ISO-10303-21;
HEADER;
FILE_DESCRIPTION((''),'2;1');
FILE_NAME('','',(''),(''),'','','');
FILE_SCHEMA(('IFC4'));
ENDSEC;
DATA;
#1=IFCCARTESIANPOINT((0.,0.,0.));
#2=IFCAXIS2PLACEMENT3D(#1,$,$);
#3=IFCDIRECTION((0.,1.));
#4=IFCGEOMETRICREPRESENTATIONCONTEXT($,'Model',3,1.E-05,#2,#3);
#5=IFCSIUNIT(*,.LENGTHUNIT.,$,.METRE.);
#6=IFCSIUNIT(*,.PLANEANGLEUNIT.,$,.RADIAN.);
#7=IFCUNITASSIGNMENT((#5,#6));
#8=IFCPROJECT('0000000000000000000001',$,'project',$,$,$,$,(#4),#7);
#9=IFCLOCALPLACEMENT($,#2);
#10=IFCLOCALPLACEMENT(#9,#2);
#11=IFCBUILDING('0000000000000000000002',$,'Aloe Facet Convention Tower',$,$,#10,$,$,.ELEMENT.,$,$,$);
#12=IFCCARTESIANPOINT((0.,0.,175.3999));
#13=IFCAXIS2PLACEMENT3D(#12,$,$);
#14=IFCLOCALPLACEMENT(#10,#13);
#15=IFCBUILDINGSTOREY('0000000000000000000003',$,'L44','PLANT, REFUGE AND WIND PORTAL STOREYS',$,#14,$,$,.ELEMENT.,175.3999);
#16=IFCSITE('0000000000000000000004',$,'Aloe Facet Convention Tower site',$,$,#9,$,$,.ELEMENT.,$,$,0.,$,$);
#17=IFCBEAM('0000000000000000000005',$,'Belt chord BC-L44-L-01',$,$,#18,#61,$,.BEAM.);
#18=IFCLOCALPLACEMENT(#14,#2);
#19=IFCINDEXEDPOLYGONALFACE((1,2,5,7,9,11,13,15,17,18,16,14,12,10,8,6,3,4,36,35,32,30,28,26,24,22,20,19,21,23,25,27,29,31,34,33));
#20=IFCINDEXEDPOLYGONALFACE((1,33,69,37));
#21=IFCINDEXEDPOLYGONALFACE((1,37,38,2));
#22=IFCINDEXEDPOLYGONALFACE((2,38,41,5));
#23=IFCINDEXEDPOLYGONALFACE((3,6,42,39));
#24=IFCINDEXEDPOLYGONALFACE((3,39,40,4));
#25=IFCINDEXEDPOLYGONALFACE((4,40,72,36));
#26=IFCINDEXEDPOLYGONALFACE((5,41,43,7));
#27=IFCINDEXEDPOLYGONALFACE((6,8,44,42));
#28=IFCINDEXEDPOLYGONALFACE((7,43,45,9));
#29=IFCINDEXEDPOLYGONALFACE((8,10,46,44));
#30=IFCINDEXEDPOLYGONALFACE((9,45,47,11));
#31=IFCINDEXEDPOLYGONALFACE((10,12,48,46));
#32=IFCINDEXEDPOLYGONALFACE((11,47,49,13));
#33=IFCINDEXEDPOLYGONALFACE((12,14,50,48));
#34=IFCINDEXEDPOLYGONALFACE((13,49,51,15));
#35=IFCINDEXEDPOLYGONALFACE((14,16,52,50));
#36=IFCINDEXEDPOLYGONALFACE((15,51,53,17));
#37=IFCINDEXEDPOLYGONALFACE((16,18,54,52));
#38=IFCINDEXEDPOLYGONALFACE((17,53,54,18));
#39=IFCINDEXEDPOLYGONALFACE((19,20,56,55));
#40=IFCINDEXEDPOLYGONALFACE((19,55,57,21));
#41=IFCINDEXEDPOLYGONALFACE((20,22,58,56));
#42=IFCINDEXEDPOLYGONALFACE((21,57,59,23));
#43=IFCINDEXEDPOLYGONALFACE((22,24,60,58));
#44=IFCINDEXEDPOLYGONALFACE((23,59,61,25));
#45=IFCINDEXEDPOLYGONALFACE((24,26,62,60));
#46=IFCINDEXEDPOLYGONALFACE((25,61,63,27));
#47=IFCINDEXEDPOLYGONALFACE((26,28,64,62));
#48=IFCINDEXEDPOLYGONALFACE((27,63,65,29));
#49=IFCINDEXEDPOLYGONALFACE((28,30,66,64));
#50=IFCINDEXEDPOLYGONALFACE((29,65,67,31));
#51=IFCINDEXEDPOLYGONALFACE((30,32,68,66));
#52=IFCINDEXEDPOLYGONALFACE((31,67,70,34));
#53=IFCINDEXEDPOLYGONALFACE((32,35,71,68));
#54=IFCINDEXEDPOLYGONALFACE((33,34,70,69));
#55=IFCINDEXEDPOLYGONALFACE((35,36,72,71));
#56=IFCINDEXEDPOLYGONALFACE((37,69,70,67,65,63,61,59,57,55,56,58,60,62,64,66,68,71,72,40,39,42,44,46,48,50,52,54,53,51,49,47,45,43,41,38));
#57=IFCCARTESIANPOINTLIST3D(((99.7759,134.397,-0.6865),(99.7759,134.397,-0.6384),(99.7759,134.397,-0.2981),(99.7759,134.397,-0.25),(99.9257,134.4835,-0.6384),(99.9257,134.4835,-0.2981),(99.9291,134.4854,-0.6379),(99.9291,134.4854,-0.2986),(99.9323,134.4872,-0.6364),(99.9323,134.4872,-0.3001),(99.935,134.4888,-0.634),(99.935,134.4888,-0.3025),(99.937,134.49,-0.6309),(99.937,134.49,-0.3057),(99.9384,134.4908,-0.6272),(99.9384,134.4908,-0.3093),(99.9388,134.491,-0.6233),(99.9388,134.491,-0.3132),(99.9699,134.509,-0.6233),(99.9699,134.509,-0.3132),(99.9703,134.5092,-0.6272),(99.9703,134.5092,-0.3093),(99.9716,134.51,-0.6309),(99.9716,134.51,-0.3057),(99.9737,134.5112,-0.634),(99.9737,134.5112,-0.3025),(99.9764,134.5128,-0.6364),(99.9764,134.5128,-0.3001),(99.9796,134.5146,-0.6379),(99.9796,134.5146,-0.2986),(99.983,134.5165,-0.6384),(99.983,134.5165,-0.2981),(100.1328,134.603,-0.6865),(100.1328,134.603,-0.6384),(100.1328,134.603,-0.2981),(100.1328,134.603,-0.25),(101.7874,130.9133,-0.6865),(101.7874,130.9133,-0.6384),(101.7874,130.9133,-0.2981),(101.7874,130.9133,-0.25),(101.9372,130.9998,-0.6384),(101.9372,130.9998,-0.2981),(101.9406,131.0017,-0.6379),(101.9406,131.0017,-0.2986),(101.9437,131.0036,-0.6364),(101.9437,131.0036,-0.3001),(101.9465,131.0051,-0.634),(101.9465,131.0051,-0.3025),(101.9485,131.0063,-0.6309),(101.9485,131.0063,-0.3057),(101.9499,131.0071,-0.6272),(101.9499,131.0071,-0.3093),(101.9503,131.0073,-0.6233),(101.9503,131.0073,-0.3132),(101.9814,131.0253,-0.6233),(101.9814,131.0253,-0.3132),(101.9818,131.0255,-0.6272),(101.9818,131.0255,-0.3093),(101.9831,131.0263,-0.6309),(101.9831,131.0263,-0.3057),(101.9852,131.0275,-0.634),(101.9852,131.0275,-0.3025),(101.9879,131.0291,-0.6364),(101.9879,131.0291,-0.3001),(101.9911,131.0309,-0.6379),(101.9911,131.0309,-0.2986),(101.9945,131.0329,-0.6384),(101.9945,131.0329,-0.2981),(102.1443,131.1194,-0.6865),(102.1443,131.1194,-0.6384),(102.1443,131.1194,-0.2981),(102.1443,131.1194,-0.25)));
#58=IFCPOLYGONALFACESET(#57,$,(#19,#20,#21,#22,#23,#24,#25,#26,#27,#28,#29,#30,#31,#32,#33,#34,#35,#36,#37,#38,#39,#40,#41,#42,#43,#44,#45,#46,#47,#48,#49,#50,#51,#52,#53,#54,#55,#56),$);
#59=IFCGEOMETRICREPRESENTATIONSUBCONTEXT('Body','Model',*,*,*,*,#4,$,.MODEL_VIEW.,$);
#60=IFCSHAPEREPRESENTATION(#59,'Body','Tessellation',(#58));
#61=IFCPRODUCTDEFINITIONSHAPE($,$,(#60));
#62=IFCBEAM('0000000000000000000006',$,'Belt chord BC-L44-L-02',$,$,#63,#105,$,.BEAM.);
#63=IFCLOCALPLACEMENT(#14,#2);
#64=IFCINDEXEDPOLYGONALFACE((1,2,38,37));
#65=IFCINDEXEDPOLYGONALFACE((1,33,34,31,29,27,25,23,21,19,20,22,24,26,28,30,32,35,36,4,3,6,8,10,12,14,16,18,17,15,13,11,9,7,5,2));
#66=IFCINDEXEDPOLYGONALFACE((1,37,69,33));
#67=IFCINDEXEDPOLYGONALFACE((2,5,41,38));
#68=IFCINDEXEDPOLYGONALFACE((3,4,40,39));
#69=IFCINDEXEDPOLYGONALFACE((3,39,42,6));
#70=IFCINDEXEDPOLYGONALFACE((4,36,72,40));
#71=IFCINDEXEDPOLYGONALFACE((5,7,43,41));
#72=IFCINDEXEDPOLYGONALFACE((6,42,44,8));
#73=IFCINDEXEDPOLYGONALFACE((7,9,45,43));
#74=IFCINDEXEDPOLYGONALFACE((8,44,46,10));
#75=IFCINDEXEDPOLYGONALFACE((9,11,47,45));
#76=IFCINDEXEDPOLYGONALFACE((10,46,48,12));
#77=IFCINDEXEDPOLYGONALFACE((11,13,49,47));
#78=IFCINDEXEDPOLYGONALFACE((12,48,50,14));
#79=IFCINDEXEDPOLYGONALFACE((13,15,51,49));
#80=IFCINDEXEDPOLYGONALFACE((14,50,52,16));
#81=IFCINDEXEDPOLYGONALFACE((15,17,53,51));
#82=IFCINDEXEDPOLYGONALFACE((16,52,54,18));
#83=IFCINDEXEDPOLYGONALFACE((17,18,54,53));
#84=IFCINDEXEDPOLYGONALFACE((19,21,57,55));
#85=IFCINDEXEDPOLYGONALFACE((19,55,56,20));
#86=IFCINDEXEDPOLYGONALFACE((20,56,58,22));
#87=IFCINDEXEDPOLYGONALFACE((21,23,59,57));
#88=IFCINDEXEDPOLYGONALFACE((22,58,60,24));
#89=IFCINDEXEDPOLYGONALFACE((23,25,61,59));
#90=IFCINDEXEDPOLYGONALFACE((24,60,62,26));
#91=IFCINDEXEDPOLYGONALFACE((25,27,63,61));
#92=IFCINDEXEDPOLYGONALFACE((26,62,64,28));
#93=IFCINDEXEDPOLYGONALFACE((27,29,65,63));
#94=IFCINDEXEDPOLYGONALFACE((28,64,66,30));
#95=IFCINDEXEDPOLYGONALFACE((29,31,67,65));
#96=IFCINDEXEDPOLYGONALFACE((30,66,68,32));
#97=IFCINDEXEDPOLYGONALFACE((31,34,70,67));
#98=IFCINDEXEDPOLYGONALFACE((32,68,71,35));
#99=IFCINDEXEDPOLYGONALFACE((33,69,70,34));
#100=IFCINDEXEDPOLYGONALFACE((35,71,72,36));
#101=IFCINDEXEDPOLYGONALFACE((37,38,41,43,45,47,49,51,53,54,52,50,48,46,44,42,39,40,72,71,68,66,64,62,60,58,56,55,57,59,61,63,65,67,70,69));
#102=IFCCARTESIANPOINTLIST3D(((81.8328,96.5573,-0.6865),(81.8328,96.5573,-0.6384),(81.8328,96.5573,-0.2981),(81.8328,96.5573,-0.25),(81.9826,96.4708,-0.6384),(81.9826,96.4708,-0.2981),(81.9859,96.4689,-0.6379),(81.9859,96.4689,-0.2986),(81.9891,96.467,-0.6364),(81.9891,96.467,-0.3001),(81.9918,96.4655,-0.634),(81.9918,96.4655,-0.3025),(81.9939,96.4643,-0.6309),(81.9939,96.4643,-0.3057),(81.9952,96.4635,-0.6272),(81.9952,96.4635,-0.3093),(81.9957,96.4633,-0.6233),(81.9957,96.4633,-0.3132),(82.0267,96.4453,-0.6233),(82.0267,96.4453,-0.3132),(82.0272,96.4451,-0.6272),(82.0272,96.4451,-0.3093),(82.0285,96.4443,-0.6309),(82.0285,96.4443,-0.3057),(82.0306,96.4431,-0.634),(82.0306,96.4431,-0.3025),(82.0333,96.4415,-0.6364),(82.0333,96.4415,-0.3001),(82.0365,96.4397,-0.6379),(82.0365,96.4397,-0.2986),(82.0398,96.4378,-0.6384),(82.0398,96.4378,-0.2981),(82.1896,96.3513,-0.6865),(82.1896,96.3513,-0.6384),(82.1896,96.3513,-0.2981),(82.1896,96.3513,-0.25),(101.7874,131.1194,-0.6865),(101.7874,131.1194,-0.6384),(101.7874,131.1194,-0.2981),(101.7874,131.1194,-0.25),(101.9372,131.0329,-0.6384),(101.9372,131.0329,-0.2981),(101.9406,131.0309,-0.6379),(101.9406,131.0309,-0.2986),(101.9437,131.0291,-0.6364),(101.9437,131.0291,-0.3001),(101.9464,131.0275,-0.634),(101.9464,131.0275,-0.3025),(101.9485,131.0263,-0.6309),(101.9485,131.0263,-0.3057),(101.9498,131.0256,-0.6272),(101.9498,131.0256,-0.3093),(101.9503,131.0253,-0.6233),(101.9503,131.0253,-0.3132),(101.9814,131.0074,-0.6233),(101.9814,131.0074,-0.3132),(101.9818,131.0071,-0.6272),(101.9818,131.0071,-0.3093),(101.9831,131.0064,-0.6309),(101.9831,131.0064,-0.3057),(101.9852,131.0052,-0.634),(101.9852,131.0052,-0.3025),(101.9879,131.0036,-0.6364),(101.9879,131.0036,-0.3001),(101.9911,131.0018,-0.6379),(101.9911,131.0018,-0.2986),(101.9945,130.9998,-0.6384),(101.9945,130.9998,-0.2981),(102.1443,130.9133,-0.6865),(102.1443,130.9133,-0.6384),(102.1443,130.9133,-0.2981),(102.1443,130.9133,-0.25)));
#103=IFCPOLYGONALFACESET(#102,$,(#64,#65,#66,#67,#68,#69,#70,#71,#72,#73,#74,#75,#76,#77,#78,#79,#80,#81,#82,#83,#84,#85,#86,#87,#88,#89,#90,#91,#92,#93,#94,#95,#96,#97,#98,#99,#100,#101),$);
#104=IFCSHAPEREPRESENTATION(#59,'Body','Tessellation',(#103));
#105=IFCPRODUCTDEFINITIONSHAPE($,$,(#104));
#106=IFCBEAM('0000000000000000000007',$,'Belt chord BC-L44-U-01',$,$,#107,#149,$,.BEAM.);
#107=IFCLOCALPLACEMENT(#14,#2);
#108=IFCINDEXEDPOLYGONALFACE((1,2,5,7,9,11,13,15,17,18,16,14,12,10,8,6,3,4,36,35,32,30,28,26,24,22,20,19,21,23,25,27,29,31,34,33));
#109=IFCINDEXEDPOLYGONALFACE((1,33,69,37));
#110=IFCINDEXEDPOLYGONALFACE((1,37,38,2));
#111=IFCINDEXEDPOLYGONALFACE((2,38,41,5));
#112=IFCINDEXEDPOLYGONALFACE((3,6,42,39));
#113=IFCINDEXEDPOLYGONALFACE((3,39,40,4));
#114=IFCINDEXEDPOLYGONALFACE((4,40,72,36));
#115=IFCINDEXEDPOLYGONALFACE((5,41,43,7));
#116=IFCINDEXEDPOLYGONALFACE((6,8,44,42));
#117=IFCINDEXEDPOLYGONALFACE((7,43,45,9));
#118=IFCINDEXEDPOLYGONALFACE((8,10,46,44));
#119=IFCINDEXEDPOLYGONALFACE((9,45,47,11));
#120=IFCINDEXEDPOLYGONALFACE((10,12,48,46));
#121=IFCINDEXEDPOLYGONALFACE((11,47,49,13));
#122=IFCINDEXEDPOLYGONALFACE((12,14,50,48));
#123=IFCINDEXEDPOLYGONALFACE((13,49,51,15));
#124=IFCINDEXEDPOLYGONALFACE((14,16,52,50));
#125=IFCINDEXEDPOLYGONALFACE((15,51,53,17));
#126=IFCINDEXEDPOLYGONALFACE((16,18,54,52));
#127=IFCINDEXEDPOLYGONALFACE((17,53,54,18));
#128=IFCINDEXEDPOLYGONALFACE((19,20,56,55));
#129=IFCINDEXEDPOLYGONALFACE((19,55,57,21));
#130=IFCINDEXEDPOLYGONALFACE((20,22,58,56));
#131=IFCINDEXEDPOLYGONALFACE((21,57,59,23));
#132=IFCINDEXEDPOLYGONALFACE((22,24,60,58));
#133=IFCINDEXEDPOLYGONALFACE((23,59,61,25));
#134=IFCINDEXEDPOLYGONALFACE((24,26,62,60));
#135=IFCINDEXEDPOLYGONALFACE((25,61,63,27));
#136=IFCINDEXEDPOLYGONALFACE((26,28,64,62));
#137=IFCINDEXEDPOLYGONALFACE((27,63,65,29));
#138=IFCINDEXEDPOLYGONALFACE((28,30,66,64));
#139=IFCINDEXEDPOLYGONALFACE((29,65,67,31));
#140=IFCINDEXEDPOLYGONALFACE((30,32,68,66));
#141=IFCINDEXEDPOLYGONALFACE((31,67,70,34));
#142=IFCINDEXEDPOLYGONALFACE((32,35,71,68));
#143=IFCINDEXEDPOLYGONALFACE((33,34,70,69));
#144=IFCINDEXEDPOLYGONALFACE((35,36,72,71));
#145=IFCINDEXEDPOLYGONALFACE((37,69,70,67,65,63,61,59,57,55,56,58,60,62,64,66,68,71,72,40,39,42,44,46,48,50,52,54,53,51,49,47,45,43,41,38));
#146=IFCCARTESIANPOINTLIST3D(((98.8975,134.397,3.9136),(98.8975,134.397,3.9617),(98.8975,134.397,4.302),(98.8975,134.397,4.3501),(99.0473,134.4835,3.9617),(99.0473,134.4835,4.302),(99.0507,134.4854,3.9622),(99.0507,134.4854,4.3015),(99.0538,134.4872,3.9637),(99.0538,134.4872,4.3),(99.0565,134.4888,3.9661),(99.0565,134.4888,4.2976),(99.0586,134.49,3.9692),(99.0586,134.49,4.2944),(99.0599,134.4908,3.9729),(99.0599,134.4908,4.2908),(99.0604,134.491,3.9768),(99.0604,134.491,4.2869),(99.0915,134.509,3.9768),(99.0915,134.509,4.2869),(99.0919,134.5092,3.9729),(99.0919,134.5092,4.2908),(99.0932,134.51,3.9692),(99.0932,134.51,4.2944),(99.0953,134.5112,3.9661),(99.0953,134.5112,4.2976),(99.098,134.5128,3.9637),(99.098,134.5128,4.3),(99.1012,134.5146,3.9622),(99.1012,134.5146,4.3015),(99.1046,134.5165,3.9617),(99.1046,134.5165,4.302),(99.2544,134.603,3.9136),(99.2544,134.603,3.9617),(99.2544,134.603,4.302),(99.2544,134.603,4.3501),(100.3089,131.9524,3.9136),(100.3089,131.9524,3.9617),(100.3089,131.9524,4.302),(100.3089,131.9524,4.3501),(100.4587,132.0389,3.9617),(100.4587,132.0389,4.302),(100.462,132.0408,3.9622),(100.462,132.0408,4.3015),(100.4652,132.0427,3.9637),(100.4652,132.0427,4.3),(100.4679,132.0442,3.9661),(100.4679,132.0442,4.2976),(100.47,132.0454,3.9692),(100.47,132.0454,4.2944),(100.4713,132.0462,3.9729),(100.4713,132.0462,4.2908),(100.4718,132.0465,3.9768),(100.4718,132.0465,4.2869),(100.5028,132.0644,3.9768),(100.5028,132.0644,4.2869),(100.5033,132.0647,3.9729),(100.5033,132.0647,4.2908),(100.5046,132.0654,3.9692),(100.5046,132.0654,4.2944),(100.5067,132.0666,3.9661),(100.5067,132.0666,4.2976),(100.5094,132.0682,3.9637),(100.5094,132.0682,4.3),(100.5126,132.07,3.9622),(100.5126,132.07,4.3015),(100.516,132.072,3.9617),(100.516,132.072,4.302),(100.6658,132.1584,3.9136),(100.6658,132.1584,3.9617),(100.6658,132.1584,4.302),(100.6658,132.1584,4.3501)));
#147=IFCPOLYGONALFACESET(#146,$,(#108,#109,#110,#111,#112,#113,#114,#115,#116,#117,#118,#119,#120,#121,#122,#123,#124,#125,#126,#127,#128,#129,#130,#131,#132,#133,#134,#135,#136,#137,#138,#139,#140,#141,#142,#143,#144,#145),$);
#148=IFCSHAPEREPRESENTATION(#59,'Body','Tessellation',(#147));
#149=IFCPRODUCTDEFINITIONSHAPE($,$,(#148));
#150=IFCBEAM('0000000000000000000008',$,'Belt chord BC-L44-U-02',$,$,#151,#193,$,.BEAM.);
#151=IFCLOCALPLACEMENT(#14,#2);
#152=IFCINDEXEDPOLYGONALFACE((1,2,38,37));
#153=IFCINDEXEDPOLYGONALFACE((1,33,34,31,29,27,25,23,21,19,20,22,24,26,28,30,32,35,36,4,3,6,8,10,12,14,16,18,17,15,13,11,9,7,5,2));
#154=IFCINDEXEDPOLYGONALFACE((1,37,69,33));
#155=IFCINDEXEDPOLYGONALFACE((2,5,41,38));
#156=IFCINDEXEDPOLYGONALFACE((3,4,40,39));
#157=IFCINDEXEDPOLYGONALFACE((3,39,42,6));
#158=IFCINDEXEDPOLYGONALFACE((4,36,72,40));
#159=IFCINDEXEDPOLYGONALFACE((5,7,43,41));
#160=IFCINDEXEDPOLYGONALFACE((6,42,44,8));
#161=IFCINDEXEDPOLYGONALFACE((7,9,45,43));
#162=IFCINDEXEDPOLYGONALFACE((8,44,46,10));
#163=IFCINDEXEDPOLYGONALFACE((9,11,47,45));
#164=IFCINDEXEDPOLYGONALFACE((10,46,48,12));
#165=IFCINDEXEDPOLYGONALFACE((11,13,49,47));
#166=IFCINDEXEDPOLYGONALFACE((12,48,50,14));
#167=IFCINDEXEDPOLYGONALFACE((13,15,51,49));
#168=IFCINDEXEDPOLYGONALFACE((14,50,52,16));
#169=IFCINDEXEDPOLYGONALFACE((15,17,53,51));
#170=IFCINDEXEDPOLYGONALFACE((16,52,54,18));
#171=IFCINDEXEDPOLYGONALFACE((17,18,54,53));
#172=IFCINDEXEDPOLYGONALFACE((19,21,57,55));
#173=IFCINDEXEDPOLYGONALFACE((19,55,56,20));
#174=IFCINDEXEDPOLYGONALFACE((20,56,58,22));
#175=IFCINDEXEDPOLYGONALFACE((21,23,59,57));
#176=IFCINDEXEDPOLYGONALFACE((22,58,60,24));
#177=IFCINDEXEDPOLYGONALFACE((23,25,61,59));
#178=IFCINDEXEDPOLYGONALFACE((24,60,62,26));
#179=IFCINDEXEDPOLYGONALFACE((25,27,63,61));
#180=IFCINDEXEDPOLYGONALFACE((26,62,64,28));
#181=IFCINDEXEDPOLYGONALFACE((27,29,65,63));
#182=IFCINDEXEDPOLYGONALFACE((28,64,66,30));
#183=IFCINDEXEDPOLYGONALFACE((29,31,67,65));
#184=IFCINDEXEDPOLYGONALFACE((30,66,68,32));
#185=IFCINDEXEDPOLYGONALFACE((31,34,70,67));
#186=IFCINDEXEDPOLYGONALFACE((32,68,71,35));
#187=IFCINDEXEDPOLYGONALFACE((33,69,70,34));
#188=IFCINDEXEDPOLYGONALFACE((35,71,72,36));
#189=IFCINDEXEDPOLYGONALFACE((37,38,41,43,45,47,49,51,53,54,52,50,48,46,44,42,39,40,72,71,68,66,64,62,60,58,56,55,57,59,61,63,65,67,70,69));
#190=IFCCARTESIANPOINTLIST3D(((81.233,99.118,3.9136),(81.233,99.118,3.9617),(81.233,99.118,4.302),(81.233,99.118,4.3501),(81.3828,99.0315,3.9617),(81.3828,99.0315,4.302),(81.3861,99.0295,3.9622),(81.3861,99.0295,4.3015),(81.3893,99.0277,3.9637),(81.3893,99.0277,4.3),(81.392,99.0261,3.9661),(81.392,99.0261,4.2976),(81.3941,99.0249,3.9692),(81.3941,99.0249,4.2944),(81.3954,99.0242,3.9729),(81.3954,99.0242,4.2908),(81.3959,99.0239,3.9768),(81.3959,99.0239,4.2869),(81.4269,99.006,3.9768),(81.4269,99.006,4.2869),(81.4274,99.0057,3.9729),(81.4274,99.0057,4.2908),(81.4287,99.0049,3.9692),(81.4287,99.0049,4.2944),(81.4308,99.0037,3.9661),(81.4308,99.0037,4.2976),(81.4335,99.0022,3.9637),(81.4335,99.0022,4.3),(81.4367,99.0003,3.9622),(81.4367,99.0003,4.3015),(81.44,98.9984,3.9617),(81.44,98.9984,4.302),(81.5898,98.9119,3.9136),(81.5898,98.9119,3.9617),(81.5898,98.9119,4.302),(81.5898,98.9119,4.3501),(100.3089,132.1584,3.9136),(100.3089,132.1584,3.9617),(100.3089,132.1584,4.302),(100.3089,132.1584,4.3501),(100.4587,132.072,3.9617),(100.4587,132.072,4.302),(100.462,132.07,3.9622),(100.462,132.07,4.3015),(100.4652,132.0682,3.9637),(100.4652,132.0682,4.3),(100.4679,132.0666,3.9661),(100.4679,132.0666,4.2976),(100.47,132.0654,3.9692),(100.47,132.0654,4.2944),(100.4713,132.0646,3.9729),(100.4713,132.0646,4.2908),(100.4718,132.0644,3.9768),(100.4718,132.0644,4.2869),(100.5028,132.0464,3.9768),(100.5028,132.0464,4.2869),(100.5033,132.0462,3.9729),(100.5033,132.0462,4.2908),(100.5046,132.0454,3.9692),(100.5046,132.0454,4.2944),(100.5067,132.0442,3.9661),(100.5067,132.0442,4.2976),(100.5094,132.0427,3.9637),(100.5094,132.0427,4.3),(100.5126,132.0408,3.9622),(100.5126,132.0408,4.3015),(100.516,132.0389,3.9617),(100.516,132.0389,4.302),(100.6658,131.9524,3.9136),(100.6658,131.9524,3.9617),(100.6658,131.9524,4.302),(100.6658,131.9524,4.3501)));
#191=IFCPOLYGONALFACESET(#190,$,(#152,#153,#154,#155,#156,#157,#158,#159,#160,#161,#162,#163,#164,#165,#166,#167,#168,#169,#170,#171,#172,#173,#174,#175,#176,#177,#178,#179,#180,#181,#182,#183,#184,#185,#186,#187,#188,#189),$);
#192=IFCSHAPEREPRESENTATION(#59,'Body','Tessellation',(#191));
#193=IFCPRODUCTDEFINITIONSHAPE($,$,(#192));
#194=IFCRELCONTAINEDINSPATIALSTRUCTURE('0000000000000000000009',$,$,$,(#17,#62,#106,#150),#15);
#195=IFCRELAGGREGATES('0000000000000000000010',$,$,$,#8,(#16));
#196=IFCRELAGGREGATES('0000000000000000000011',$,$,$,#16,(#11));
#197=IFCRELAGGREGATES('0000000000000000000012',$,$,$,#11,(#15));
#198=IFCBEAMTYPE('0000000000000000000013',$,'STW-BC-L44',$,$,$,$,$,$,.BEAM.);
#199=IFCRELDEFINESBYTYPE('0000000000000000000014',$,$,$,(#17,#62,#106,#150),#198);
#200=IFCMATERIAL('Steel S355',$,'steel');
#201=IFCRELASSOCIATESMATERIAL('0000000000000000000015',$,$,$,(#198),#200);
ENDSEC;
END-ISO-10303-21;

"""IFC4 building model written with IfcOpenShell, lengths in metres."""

from ifc_helpers import new_model, si_unit, direction, frame, origin, origin_2d, place, context, subcontext, project, spatial, i_section, extrude, material, material_profile, profile_set, type_object, element, save


model = new_model("IFC4")

# Units and contexts
model_context = context("Model", 3, precision=1e-05, world=origin(), true_north=direction((0.0, 1.0)))
body_context = subcontext(model_context, "Body", "Model", "MODEL_VIEW")
ifc_project = project(units=[si_unit("LENGTHUNIT", "METRE"), si_unit("PLANEANGLEUNIT", "RADIAN")], contexts=[model_context])

# Site, building, storey
site_placement = place(None, origin())
site = spatial("IfcSite", under=ifc_project, at=site_placement, Name="Aloe Facet Convention Tower site", CompositionType="ELEMENT", RefElevation=0.0)
building_placement = place(site_placement, origin())
building = spatial("IfcBuilding", under=site, at=building_placement, Name="Aloe Facet Convention Tower", CompositionType="ELEMENT")
storey_placement = place(building_placement, frame((0.0, 0.0, 175.3999)))
storey = spatial("IfcBuildingStorey", under=building, at=storey_placement, Name="L44", Description="PLANT, REFUGE AND WIND PORTAL STOREYS", CompositionType="ELEMENT", Elevation=175.3999)

# Beams
ifc_material_1 = material(Name="Steel S355", Category="steel")
ifc_material_profile_1 = material_profile(ifc_material_1, i_section(OverallWidth=0.4121, OverallDepth=0.4365, WebThickness=0.0359, FlangeThickness=0.0481, FilletRadius=0.0151, at=origin_2d()), Name="UC 356x406x467")
ifc_profile_set_1 = profile_set([ifc_material_profile_1], Name="Steel S355")
beam_type_1 = type_object("IfcBeamType", Name="STW-BC-L44", PredefinedType="BEAM", material=ifc_profile_set_1)
beam_1_placement = place(storey_placement, frame((99.9543, 134.5, -0.4683), z_axis=(0.500036, -0.866005, 0.0), x_axis=(0.866005, 0.500036, 0.0)))
element("IfcBeam", 1, at=beam_1_placement, inside=storey, type_object=beam_type_1, Name="Belt chord BC-L44-L-01", PredefinedType="BEAM", context=body_context, shape_type="SweptSolid", body=[
    extrude(i_section(OverallWidth=0.4121, OverallDepth=0.4365, WebThickness=0.0359, FlangeThickness=0.0481, FilletRadius=0.0151, at=origin_2d()), origin(), (0.0, 0.0, 1.0), 4.0227),
])
beam_2_placement = place(storey_placement, frame((101.9658, 131.0164, -0.4683), z_axis=(-0.500004, -0.866023, 0.0), x_axis=(0.866023, -0.500004, 0.0)))
element("IfcBeam", 2, at=beam_2_placement, inside=storey, type_object=beam_type_1, Name="Belt chord BC-L44-L-02", PredefinedType="BEAM", context=body_context, shape_type="SweptSolid", body=[
    extrude(i_section(OverallWidth=0.4121, OverallDepth=0.4365, WebThickness=0.0359, FlangeThickness=0.0481, FilletRadius=0.0151, at=origin_2d()), origin(), (0.0, 0.0, 1.0), 39.9089),
])
beam_3_placement = place(storey_placement, frame((99.0759, 134.5, 4.1318), z_axis=(0.499999, -0.866026, 0.0), x_axis=(0.866026, 0.499999, 0.0)))
element("IfcBeam", 3, at=beam_3_placement, inside=storey, type_object=beam_type_1, Name="Belt chord BC-L44-U-01", PredefinedType="BEAM", context=body_context, shape_type="SweptSolid", body=[
    extrude(i_section(OverallWidth=0.4121, OverallDepth=0.4365, WebThickness=0.0359, FlangeThickness=0.0481, FilletRadius=0.0151, at=origin_2d()), origin(), (0.0, 0.0, 1.0), 2.8228),
])
beam_4_placement = place(storey_placement, frame((100.4873, 132.0554, 4.1318), z_axis=(-0.499999, -0.866026, 0.0), x_axis=(0.866026, -0.499999, 0.0)))
element("IfcBeam", 4, at=beam_4_placement, inside=storey, type_object=beam_type_1, Name="Belt chord BC-L44-U-02", PredefinedType="BEAM", context=body_context, shape_type="SweptSolid", body=[
    extrude(i_section(OverallWidth=0.4121, OverallDepth=0.4365, WebThickness=0.0359, FlangeThickness=0.0481, FilletRadius=0.0151, at=origin_2d()), origin(), (0.0, 0.0, 1.0), 38.1519),
])

save(model, "model.ifc")
